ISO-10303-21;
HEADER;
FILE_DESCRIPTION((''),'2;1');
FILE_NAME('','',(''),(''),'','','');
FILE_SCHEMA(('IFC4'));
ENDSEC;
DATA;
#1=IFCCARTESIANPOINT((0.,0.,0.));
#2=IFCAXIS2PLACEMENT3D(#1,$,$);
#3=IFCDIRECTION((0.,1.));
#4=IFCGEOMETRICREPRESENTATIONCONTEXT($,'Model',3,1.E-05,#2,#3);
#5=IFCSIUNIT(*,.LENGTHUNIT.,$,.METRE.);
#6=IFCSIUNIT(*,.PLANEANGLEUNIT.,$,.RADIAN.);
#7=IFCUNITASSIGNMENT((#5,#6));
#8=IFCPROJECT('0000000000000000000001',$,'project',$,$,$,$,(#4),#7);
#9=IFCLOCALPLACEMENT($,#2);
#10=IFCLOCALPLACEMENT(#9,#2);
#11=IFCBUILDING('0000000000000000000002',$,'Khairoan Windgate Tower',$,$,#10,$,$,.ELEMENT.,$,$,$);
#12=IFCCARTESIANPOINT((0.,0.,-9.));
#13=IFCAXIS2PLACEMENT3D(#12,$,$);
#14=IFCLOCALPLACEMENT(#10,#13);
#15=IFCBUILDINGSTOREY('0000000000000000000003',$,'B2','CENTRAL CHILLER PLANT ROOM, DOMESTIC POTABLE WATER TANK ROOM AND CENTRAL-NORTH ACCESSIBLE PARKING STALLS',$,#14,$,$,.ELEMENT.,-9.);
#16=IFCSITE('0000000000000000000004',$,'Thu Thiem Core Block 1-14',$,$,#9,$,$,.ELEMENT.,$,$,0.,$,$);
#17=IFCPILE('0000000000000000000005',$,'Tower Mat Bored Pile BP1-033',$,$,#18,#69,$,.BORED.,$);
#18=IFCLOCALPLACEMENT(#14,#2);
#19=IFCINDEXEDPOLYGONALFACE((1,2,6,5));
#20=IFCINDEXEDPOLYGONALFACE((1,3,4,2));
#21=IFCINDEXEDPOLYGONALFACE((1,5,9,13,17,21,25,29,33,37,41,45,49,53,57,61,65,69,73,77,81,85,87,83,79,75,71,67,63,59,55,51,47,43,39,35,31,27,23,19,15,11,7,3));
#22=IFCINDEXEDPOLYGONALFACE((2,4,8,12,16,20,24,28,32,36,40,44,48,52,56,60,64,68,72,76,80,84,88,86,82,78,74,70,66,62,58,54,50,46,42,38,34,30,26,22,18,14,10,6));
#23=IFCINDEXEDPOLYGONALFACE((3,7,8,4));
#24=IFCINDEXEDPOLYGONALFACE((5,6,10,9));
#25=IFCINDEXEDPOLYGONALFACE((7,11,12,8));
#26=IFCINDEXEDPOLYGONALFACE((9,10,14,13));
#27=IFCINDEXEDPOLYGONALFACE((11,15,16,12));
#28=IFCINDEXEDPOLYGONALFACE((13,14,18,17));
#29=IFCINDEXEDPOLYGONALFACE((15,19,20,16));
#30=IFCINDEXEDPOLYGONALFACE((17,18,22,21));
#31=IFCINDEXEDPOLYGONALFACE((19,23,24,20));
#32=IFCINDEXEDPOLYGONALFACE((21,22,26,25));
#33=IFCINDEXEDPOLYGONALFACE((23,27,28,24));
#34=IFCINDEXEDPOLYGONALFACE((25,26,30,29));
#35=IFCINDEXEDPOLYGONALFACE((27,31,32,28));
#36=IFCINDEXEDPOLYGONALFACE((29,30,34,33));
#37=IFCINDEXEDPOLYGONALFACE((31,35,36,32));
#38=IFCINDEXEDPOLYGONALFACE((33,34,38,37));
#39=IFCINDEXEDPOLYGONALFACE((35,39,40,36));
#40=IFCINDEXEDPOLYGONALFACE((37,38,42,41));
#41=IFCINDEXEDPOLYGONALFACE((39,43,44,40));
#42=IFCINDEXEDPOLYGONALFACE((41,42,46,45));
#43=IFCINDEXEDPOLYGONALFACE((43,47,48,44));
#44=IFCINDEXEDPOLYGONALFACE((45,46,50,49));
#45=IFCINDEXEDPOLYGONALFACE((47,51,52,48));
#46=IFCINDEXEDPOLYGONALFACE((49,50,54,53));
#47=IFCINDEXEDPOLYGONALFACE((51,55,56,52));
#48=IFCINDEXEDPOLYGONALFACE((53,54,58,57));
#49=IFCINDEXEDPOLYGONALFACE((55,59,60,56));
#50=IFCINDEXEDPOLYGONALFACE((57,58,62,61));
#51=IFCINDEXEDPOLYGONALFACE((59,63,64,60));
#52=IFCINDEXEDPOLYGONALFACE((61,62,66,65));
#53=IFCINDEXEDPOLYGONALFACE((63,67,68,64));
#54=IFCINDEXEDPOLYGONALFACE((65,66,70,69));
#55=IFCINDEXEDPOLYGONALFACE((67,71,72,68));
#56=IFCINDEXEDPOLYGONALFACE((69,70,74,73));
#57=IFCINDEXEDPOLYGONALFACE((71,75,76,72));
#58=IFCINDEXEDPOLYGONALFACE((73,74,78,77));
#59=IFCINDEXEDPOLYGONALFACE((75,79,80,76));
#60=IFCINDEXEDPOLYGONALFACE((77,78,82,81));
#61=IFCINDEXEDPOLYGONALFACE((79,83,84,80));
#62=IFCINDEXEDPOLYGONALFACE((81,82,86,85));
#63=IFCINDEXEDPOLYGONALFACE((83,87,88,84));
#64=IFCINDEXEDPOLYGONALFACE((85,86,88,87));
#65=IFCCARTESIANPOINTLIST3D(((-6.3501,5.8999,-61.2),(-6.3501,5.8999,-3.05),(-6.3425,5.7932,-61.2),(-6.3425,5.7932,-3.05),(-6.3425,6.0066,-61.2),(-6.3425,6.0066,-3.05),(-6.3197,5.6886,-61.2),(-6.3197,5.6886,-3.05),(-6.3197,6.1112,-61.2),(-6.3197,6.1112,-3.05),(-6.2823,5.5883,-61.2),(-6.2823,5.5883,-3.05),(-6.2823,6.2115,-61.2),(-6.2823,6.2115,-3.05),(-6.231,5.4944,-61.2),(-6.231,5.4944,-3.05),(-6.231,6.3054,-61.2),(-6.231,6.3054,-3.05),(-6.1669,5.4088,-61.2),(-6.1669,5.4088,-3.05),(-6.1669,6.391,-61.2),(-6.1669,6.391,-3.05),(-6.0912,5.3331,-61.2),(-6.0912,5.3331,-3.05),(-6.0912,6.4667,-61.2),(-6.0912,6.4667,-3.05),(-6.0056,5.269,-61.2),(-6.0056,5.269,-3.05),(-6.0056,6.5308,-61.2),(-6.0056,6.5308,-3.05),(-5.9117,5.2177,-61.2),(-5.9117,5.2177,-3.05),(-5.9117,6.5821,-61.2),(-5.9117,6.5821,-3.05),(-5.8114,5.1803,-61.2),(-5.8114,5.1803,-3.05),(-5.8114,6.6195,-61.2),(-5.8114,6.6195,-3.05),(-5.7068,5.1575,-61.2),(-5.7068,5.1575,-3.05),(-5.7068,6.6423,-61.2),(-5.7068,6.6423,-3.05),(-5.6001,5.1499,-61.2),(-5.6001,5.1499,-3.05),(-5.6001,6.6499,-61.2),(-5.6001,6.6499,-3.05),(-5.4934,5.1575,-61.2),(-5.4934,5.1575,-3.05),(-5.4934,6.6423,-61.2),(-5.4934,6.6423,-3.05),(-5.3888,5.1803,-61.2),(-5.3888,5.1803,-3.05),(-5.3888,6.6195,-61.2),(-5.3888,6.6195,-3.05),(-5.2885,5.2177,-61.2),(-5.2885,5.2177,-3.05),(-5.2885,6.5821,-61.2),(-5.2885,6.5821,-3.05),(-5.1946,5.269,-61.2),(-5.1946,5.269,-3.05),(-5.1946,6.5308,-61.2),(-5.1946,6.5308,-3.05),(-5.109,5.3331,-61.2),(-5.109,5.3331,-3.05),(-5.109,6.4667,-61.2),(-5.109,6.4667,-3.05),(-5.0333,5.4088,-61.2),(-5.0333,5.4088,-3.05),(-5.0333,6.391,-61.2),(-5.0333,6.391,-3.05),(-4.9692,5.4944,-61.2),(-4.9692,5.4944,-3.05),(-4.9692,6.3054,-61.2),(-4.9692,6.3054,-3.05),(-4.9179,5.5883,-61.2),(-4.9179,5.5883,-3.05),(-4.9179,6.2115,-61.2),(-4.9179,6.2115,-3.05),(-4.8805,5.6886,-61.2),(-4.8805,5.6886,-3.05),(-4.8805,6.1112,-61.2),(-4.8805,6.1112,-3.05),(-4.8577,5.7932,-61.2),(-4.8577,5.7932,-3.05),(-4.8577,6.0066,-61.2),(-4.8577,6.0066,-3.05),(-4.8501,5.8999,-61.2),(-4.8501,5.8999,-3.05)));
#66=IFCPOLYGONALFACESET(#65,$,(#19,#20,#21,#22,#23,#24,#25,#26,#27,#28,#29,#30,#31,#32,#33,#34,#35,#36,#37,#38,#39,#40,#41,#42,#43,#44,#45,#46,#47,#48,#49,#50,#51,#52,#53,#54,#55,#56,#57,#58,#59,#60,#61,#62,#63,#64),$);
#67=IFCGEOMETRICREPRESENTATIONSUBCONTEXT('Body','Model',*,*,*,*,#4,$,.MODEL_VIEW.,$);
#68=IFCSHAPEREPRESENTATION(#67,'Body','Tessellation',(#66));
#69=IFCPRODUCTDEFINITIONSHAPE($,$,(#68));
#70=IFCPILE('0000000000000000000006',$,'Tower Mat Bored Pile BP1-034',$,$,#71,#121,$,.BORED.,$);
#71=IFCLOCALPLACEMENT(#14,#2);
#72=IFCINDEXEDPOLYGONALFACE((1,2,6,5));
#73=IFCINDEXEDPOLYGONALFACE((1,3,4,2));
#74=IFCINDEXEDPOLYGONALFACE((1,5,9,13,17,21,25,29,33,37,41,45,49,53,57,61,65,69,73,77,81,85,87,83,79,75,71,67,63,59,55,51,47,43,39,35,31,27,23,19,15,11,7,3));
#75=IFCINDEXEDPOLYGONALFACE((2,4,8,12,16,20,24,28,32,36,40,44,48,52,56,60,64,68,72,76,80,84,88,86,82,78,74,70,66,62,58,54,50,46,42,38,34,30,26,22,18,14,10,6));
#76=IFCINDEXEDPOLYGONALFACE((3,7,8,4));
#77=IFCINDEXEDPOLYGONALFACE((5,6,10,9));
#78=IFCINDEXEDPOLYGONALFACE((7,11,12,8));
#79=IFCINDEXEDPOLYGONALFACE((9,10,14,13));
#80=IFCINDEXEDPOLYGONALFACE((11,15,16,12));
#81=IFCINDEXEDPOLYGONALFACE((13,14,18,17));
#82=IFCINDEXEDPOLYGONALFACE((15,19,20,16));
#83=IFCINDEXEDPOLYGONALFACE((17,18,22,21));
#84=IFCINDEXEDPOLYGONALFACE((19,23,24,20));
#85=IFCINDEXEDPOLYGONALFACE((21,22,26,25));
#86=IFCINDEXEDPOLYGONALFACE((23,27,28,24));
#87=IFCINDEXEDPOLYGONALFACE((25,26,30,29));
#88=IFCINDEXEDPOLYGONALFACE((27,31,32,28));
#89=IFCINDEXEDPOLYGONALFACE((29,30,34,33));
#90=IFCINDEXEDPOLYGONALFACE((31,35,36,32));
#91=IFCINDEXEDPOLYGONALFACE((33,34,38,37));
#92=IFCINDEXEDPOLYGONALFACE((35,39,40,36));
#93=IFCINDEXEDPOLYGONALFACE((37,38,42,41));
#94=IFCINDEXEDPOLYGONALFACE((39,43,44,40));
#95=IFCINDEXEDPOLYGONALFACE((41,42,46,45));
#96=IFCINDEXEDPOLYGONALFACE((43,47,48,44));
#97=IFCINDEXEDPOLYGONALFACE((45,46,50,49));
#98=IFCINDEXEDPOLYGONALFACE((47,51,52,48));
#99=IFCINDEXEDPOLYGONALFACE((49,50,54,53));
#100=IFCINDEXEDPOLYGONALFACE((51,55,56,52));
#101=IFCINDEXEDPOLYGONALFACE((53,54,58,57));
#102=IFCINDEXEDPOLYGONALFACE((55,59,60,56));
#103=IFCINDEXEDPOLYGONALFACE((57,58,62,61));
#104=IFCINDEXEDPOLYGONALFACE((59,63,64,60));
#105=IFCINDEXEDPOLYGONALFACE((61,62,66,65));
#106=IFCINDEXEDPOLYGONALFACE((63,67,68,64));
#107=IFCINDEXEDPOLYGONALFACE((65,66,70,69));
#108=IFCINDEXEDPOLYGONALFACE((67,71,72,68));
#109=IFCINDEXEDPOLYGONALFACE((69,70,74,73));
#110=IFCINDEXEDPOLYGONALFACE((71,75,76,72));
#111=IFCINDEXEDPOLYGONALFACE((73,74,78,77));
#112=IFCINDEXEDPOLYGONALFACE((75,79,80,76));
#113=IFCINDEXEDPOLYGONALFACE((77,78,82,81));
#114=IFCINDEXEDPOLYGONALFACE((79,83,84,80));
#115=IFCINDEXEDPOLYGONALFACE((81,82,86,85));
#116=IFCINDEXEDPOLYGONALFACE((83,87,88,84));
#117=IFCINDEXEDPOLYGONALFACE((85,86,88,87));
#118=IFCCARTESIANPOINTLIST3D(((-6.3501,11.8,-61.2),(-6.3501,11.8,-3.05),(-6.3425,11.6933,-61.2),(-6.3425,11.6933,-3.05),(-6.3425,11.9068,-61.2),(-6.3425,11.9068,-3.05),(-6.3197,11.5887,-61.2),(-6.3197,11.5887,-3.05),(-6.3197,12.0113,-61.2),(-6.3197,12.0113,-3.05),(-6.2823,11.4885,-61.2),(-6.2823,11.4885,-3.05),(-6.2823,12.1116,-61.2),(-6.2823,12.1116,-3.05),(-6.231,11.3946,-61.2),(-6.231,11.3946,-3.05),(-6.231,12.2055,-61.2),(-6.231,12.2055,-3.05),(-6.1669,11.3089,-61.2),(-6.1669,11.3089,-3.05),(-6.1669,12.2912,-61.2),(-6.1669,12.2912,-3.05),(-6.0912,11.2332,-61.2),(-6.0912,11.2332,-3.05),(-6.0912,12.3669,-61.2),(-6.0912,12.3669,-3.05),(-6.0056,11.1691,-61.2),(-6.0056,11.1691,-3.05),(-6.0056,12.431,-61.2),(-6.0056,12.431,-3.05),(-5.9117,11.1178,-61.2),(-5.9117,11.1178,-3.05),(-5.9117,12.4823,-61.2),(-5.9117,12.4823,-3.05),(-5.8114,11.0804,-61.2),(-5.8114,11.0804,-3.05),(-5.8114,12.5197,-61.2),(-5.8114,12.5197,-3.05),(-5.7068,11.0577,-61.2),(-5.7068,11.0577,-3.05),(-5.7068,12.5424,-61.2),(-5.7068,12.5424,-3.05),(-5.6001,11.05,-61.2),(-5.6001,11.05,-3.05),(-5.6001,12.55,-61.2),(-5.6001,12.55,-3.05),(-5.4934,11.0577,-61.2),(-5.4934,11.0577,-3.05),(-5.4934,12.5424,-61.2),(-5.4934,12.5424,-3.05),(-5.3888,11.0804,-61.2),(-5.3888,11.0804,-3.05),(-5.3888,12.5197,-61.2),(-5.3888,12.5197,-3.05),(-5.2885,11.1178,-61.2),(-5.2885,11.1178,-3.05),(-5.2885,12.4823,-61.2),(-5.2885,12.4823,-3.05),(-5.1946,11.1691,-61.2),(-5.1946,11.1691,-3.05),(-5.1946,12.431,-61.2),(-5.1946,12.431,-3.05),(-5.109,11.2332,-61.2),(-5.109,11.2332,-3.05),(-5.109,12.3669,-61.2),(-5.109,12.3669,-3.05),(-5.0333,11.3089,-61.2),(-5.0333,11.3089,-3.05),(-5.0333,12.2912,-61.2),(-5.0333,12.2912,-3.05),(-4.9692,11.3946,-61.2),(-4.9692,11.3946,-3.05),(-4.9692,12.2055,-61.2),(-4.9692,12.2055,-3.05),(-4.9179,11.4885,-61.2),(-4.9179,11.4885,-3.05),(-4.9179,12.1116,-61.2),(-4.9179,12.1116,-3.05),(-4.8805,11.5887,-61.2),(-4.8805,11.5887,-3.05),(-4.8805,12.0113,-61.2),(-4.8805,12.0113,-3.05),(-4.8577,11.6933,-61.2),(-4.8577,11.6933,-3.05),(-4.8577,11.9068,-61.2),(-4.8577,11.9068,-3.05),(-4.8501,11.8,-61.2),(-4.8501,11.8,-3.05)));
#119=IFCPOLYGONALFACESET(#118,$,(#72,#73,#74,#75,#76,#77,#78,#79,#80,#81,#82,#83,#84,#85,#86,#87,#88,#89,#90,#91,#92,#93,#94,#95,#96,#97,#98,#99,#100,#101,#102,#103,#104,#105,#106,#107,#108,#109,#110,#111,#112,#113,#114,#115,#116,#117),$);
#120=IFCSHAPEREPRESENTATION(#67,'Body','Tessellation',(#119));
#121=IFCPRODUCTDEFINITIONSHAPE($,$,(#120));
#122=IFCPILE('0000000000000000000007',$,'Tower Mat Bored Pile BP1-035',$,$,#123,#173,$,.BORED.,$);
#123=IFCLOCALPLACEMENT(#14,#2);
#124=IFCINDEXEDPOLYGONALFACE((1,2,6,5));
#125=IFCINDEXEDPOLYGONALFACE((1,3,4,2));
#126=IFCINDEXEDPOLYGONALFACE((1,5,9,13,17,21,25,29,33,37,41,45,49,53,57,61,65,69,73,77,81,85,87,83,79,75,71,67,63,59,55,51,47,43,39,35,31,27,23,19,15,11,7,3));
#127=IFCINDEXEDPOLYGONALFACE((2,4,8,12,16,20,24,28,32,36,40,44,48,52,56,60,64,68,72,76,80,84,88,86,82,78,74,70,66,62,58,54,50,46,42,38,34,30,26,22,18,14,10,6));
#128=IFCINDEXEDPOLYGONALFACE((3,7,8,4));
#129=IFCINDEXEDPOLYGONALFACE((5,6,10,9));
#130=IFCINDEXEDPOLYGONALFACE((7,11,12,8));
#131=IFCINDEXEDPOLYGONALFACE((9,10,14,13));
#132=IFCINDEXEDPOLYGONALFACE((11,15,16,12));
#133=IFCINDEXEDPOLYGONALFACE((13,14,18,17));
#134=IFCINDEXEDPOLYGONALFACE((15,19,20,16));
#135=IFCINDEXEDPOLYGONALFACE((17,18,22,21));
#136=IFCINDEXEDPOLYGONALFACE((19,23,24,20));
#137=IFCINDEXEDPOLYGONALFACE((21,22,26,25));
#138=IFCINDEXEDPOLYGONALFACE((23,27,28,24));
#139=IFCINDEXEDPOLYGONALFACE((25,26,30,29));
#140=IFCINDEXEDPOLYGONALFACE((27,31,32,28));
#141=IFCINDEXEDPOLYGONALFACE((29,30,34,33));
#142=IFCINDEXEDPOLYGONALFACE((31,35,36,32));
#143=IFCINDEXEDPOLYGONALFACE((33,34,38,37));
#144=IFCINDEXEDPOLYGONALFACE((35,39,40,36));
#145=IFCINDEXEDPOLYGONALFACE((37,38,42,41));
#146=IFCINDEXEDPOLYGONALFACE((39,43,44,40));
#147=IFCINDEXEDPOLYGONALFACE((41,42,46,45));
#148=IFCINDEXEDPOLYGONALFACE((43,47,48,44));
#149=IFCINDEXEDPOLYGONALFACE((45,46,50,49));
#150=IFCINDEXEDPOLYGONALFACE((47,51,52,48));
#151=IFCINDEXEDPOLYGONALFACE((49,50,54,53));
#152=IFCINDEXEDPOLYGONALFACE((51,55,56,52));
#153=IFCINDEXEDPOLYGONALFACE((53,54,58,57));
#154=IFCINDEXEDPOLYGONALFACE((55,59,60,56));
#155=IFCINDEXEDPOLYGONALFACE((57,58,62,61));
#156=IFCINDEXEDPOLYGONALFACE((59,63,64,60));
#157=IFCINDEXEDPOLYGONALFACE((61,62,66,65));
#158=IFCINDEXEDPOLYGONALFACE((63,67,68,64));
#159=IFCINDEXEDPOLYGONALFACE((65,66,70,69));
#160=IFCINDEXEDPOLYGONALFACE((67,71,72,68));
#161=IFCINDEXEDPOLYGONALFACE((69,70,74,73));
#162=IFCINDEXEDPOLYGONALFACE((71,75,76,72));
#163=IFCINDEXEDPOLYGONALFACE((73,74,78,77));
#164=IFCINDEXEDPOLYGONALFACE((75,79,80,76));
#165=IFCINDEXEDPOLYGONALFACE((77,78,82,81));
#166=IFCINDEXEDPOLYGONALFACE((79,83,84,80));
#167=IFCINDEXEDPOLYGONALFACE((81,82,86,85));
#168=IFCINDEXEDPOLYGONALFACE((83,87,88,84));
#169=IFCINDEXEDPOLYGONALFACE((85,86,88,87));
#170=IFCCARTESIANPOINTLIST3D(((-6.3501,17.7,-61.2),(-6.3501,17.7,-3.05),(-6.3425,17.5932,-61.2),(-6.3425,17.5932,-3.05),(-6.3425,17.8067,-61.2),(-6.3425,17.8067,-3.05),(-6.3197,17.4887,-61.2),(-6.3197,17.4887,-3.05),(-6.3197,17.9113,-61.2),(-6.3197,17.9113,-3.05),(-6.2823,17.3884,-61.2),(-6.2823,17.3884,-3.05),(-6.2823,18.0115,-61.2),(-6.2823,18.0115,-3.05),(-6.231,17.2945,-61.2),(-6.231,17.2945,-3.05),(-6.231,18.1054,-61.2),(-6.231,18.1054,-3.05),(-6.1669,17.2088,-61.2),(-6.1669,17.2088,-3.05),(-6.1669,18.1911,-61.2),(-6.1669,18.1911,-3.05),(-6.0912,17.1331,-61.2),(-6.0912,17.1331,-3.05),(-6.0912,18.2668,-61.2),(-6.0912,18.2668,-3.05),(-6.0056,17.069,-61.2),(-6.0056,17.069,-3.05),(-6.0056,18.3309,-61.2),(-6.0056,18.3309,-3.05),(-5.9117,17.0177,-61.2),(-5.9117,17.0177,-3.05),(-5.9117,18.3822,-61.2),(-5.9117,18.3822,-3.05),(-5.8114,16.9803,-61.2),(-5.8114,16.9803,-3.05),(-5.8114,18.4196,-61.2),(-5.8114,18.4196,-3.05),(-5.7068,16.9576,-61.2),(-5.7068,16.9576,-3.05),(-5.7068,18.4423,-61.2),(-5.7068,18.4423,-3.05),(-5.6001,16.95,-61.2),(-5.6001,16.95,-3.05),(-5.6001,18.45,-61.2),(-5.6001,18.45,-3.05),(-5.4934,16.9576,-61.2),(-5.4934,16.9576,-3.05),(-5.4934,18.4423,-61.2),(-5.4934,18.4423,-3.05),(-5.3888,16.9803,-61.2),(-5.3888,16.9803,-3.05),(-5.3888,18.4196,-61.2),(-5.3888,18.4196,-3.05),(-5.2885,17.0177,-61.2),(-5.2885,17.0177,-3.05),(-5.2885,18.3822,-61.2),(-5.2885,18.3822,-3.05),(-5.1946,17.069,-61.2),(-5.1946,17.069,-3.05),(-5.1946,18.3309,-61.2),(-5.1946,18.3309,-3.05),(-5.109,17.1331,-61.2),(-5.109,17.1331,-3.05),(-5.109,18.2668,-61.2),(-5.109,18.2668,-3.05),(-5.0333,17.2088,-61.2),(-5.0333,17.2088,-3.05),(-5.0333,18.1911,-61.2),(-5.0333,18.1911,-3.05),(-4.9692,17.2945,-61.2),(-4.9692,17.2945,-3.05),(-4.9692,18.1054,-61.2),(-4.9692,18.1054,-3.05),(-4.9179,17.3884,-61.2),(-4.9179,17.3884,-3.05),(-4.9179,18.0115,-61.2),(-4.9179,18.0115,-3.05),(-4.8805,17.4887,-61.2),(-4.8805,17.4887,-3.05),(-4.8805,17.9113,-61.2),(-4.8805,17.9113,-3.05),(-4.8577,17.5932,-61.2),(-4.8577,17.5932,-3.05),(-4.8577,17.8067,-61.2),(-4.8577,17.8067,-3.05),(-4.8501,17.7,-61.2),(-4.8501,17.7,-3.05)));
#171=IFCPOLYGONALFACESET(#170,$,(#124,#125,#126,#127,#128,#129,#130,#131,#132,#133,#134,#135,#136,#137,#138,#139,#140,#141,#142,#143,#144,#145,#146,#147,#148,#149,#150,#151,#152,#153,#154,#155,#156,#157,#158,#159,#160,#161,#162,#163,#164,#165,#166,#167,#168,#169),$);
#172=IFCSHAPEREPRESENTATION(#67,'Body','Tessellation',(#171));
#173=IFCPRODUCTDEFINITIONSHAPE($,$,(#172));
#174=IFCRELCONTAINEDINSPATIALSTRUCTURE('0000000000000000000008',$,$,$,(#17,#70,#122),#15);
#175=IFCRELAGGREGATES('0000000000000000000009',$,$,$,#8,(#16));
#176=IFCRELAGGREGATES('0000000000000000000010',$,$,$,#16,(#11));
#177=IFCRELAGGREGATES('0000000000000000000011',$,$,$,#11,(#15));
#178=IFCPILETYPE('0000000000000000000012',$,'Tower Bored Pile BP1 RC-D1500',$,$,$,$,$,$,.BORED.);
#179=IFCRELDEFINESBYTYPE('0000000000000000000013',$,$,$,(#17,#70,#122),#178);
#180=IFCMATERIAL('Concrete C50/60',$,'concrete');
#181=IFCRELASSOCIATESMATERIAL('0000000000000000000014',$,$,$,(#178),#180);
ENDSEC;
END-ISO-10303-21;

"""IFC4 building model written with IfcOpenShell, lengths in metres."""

from ifc_helpers import new_model, si_unit, direction, frame, origin, origin_2d, place, context, subcontext, project, spatial, circle, extrude, material, material_profile, profile_set, type_object, element, save


model = new_model("IFC4")

# Units and contexts
model_context = context("Model", 3, precision=1e-05, world=origin(), true_north=direction((0.0, 1.0)))
body_context = subcontext(model_context, "Body", "Model", "MODEL_VIEW")
ifc_project = project(units=[si_unit("LENGTHUNIT", "METRE"), si_unit("PLANEANGLEUNIT", "RADIAN")], contexts=[model_context])

# Site, building, storey
site_placement = place(None, origin())
site = spatial("IfcSite", under=ifc_project, at=site_placement, Name="Thu Thiem Core Block 1-14", CompositionType="ELEMENT", RefElevation=0.0)
building_placement = place(site_placement, origin())
building = spatial("IfcBuilding", under=site, at=building_placement, Name="Khairoan Windgate Tower", CompositionType="ELEMENT")
storey_placement = place(building_placement, frame((0.0, 0.0, -9.0)))
storey = spatial("IfcBuildingStorey", under=building, at=storey_placement, Name="B2", Description="CENTRAL CHILLER PLANT ROOM, DOMESTIC POTABLE WATER TANK ROOM AND CENTRAL-NORTH ACCESSIBLE PARKING STALLS", CompositionType="ELEMENT", Elevation=-9.0)

# Piles
ifc_material_1 = material(Name="Concrete C50/60", Category="concrete")
ifc_material_profile_1 = material_profile(ifc_material_1, circle(Radius=0.75, at=origin_2d()))
ifc_profile_set_1 = profile_set([ifc_material_profile_1], Name="Concrete C50/60")
pile_type = type_object("IfcPileType", Name="Tower Bored Pile BP1 RC-D1500", PredefinedType="BORED", material=ifc_profile_set_1)
for number, where, z_axis, x_axis, name in (
    (1, (-5.6001, 5.8999, -3.05), (0.0, 0.0, -1.0), (1.0, 0.0, 0.0), "Tower Mat Bored Pile BP1-033"),
    (2, (-5.6001, 11.8, -3.05), (0.0, 0.0, -1.0), (1.0, 0.0, 0.0), "Tower Mat Bored Pile BP1-034"),
    (3, (-5.6001, 17.7, -3.05), (0.0, 0.0, -1.0), (1.0, 0.0, 0.0), "Tower Mat Bored Pile BP1-035"),
):
    element("IfcPile", number, at=place(storey_placement, frame(where, z_axis=z_axis, x_axis=x_axis)), inside=storey, type_object=pile_type, Name=name, PredefinedType="BORED", context=body_context, shape_type="SweptSolid", body=[
        extrude(circle(Radius=0.75, at=origin_2d()), origin(), (0.0, 0.0, 1.0), 58.1499),
    ])

save(model, "model.ifc")
